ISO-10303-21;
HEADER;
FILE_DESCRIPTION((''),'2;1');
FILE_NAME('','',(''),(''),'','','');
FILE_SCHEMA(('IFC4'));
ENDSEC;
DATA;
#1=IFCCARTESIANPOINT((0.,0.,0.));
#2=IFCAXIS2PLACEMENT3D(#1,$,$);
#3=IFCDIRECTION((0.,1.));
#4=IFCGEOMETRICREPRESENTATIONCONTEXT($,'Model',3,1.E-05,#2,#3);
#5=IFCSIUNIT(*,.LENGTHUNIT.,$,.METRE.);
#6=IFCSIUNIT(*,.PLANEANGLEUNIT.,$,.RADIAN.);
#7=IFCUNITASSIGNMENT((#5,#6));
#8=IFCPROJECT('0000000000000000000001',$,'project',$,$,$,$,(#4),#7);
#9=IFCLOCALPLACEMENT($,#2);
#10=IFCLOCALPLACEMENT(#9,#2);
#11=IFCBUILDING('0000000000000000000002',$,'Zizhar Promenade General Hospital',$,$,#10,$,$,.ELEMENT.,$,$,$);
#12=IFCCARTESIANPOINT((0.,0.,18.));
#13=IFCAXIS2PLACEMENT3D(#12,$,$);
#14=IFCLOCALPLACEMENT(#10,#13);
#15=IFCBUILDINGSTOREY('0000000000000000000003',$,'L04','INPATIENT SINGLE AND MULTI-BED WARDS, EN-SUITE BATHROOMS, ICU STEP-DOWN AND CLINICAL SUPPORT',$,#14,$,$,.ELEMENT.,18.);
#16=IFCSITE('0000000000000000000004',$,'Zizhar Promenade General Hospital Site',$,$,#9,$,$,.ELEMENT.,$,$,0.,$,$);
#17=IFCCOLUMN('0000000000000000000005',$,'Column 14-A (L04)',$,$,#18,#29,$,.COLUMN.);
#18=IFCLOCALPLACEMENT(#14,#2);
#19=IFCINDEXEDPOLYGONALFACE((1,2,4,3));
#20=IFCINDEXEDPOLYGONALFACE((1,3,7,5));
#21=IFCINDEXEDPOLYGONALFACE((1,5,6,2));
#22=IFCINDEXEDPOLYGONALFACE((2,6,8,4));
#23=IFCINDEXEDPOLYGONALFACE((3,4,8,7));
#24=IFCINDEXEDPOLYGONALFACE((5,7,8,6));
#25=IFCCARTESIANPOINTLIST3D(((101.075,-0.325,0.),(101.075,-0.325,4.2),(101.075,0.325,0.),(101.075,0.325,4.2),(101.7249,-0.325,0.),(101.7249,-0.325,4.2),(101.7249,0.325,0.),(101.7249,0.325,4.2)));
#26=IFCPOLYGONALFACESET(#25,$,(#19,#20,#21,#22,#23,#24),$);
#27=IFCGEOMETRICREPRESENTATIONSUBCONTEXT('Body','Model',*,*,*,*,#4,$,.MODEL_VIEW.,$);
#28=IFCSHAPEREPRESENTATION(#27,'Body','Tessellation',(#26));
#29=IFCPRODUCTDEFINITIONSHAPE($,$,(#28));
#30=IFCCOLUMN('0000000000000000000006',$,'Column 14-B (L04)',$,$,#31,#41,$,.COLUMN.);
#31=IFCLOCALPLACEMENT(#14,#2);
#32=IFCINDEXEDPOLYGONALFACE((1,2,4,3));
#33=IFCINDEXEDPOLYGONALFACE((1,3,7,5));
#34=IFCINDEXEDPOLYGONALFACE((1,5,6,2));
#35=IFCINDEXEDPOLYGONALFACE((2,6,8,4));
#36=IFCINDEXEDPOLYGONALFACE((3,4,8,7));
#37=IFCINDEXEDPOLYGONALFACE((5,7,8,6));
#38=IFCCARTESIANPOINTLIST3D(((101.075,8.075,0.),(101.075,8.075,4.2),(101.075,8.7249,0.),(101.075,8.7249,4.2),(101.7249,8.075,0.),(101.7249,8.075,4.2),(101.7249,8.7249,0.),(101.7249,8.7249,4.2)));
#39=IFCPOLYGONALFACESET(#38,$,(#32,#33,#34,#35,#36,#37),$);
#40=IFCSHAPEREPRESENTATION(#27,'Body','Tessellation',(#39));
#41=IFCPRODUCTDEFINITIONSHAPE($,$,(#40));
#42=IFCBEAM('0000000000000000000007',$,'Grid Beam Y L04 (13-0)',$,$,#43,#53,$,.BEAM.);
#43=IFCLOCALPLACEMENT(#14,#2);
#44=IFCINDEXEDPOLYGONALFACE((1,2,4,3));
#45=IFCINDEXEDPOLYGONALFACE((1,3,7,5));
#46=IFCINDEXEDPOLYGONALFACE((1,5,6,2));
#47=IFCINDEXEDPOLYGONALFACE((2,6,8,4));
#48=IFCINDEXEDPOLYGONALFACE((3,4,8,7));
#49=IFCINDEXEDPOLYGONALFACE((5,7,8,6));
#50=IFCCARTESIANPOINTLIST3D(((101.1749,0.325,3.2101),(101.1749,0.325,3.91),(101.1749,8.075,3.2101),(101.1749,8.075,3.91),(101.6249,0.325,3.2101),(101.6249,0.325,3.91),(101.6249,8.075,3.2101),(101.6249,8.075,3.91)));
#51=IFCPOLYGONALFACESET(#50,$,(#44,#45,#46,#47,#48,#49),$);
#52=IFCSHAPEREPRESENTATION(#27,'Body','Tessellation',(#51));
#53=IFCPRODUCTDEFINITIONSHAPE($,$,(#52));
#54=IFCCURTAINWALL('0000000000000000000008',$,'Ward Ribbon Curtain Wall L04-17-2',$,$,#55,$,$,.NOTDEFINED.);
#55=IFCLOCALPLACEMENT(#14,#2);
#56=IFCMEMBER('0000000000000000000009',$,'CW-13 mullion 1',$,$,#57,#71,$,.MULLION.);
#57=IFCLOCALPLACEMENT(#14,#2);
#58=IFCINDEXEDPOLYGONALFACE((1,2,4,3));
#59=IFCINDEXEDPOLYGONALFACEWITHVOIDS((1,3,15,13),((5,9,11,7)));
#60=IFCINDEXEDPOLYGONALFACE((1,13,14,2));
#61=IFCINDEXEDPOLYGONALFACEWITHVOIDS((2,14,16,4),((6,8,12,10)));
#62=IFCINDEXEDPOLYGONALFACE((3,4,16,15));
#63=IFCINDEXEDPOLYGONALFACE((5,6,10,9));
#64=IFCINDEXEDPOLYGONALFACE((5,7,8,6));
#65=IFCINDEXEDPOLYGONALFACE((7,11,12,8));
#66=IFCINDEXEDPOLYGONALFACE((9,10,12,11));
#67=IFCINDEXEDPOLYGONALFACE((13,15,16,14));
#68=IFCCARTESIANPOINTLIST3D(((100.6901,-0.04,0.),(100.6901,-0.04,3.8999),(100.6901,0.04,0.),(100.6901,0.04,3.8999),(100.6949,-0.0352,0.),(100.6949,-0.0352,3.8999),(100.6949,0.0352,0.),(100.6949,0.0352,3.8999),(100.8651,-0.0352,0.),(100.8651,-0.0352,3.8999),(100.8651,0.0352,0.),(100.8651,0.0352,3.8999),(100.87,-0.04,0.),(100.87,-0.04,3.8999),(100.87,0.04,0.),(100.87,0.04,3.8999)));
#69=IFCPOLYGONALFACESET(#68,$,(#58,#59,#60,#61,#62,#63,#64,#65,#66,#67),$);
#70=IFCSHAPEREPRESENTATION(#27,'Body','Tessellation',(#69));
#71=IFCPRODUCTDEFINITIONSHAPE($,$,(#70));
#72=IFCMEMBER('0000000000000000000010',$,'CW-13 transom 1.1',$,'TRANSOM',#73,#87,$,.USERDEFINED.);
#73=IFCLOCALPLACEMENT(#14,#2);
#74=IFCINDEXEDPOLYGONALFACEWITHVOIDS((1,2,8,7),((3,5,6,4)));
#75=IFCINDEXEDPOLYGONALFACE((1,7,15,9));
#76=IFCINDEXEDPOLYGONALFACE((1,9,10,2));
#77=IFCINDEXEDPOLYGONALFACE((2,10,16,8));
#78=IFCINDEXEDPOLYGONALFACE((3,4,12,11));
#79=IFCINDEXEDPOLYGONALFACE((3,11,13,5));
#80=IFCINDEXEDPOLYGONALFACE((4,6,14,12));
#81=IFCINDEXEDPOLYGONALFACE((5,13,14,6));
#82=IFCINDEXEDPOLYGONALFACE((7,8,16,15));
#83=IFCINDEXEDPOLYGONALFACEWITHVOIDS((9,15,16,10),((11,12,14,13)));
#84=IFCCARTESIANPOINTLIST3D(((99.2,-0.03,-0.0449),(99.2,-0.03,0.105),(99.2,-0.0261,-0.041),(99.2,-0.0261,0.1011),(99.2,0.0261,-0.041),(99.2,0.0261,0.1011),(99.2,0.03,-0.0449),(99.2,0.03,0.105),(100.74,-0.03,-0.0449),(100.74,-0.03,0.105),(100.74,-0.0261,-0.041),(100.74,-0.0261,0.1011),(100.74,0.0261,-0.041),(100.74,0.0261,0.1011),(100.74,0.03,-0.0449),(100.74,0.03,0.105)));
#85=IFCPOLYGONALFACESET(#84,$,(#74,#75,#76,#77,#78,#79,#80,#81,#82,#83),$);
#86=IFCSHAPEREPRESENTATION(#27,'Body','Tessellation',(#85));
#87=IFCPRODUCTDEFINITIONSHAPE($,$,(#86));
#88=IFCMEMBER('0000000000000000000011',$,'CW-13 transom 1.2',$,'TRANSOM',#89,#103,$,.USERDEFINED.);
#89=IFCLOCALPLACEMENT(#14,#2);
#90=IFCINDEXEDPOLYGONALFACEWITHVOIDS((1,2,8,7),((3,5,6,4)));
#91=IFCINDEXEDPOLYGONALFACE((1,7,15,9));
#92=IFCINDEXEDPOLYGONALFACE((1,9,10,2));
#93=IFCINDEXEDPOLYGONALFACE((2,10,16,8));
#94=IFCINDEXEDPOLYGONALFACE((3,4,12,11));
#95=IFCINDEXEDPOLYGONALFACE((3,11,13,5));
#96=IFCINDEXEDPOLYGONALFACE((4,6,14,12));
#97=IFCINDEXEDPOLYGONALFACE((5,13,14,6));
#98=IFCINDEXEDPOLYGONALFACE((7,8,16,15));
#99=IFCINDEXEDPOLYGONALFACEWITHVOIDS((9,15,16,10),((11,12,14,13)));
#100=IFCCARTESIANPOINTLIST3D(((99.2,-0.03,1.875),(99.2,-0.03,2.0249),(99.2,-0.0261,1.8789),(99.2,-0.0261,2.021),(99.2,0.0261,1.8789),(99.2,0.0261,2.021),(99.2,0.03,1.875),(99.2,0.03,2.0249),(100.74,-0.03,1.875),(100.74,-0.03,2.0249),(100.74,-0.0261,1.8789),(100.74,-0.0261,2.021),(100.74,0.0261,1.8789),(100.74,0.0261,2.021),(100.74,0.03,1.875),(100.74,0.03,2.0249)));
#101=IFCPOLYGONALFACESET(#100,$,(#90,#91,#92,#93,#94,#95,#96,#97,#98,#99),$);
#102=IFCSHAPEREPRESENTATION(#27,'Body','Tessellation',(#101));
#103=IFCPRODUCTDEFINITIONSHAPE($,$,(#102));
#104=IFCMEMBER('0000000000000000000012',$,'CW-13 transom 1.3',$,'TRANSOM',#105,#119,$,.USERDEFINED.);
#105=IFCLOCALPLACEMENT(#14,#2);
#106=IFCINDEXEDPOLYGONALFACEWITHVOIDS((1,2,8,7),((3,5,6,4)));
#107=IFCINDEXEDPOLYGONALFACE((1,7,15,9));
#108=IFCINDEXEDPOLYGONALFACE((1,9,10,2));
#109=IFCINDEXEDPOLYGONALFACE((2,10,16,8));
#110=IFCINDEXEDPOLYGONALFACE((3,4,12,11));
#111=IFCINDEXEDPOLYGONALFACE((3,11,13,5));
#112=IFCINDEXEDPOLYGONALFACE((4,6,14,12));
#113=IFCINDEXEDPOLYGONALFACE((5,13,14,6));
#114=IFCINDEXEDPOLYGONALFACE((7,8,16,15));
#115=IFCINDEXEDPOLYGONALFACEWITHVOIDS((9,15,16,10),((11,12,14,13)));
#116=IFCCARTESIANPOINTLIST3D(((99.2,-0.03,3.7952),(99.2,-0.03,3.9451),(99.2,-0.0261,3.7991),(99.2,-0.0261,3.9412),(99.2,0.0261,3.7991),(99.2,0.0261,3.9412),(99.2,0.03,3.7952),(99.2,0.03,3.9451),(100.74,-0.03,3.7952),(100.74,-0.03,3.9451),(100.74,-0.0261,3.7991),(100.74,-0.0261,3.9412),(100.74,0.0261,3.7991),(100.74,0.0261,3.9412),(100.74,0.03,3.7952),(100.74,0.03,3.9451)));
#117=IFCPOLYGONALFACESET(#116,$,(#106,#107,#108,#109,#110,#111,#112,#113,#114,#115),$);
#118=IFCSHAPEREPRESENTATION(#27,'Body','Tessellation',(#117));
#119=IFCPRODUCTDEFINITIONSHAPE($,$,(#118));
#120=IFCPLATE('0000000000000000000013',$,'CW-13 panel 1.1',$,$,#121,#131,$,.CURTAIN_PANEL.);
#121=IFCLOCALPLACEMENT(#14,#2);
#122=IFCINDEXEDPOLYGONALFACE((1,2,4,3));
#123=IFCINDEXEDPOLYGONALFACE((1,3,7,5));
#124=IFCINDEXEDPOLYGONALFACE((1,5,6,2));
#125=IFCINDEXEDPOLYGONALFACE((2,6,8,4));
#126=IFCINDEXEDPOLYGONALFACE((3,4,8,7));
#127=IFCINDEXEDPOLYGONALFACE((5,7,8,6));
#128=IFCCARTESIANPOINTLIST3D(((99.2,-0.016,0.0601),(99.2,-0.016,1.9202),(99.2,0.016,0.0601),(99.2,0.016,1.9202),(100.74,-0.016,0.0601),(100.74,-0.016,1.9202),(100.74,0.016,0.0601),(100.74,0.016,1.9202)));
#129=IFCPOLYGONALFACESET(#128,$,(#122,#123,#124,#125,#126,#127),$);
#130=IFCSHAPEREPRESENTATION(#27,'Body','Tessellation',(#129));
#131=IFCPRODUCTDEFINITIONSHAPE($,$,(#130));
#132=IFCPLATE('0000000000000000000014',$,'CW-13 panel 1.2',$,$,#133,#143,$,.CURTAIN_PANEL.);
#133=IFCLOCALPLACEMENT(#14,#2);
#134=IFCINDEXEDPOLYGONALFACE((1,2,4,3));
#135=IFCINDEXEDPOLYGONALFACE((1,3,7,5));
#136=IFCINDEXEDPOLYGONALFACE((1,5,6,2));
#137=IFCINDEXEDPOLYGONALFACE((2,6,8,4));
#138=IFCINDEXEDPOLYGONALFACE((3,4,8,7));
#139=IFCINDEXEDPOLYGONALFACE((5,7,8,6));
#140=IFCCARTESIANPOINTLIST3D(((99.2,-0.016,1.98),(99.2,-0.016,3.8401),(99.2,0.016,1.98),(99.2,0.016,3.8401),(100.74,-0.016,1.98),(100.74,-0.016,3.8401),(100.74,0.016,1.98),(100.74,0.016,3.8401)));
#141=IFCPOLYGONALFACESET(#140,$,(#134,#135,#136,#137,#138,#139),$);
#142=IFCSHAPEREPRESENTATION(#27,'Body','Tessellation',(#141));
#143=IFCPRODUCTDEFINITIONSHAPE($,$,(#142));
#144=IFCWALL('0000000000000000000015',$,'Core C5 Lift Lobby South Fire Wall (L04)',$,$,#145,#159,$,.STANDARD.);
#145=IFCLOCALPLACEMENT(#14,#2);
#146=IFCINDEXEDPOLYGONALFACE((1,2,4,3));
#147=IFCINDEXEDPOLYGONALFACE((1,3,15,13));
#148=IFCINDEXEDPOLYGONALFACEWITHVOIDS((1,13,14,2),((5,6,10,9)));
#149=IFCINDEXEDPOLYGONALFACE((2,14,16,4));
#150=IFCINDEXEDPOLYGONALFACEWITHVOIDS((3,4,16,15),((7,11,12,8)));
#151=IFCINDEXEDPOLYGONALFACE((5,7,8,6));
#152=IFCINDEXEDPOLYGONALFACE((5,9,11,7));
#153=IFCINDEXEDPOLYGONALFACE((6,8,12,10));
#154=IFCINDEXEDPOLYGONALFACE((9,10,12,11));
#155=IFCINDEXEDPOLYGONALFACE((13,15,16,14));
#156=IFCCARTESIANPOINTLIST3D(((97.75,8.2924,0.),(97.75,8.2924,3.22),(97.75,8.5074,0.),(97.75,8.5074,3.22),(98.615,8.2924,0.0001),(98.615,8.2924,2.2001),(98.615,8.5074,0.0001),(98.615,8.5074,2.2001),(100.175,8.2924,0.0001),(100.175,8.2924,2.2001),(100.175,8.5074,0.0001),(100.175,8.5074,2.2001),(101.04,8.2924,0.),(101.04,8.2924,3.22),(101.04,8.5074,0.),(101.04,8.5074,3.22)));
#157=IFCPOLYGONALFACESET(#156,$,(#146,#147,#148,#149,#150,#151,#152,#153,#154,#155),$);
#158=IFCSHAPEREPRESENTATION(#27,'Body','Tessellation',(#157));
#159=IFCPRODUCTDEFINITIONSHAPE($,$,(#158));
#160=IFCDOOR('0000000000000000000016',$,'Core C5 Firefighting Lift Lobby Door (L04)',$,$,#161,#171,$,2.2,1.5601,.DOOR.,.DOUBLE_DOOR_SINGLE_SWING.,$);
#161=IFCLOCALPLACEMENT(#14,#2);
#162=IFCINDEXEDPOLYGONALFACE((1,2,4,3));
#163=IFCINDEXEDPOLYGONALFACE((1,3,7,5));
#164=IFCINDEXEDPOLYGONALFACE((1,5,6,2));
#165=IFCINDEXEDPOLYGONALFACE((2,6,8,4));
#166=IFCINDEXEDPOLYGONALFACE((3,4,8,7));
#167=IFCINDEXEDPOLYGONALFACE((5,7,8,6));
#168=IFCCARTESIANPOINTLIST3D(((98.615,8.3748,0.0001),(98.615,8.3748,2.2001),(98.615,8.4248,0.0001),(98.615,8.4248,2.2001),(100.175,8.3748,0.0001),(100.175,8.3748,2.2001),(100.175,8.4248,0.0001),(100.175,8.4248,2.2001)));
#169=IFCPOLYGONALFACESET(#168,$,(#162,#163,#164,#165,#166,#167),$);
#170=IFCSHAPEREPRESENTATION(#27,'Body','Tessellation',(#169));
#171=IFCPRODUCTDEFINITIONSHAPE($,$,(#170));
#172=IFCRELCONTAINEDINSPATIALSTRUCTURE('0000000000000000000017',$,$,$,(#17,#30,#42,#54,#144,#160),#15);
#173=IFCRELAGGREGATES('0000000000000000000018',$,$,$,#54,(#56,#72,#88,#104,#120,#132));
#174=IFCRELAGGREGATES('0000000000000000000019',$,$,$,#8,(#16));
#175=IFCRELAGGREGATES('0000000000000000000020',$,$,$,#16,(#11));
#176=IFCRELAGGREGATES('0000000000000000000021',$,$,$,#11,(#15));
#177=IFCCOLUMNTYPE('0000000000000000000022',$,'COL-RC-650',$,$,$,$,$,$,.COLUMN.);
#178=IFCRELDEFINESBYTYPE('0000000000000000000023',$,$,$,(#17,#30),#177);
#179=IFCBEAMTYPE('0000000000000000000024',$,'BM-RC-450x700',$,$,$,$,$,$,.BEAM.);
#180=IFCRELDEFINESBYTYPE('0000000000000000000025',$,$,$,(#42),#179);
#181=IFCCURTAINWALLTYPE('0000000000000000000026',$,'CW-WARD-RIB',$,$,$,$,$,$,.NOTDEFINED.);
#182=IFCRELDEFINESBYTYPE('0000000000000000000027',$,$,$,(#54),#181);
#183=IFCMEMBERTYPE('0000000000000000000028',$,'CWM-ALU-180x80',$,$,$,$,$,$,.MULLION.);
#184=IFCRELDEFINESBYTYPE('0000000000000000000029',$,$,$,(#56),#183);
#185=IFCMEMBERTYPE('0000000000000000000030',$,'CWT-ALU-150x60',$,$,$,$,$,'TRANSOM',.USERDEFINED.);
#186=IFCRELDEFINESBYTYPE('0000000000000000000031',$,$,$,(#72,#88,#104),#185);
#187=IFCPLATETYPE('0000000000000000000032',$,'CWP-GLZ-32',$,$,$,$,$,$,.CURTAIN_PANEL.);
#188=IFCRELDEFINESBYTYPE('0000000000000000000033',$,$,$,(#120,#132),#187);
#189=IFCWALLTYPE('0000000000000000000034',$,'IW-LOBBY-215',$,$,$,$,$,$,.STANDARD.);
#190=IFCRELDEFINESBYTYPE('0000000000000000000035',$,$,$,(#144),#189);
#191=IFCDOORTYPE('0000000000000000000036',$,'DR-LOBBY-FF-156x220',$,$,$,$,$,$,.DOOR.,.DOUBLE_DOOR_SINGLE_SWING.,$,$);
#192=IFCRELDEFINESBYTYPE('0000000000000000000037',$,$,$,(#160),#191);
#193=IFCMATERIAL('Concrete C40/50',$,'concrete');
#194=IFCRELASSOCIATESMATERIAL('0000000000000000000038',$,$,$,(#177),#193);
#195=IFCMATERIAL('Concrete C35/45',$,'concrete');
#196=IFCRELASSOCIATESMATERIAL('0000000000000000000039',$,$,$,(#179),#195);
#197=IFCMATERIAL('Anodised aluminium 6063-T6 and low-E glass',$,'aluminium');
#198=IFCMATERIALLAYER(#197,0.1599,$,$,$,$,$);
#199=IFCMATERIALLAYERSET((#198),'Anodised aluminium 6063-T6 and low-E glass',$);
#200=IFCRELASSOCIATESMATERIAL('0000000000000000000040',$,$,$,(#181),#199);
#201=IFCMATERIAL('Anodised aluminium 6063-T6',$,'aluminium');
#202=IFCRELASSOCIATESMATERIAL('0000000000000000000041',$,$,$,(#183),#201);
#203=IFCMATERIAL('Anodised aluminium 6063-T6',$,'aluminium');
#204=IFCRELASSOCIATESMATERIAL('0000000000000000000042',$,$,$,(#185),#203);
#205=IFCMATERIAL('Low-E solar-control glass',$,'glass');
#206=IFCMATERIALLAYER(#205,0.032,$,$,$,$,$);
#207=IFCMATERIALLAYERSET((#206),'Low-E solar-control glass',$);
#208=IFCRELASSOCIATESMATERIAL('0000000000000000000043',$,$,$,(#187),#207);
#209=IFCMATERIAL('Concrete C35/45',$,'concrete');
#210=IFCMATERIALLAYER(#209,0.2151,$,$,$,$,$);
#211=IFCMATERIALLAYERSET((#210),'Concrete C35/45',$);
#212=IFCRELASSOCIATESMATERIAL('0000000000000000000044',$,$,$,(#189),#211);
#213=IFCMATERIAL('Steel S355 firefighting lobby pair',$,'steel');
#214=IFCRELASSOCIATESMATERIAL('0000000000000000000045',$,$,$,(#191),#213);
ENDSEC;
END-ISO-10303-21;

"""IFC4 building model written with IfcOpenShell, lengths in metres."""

from ifc_helpers import new_model, si_unit, direction, frame, frame_2d, origin, origin_2d, place, context, subcontext, project, spatial, rectangle, hollow_rectangle, extrude, material, layer, layer_set, material_profile, profile_set, type_object, element, fill, aggregate, save


model = new_model("IFC4")

# Units and contexts
model_context = context("Model", 3, precision=1e-05, world=origin(), true_north=direction((0.0, 1.0)))
body_context = subcontext(model_context, "Body", "Model", "MODEL_VIEW")
ifc_project = project(units=[si_unit("LENGTHUNIT", "METRE"), si_unit("PLANEANGLEUNIT", "RADIAN")], contexts=[model_context])

# Site, building, storey
site_placement = place(None, origin())
site = spatial("IfcSite", under=ifc_project, at=site_placement, Name="Zizhar Promenade General Hospital Site", CompositionType="ELEMENT", RefElevation=0.0)
building_placement = place(site_placement, origin())
building = spatial("IfcBuilding", under=site, at=building_placement, Name="Zizhar Promenade General Hospital", CompositionType="ELEMENT")
storey_placement = place(building_placement, frame((0.0, 0.0, 18.0)))
storey = spatial("IfcBuildingStorey", under=building, at=storey_placement, Name="L04", Description="INPATIENT SINGLE AND MULTI-BED WARDS, EN-SUITE BATHROOMS, ICU STEP-DOWN AND CLINICAL SUPPORT", CompositionType="ELEMENT", Elevation=18.0)

# Columns
ifc_material_1 = material(Name="Concrete C40/50", Category="concrete")
ifc_material_profile_1 = material_profile(ifc_material_1, rectangle(XDim=0.6499, YDim=0.6499, at=origin_2d()))
ifc_profile_set_1 = profile_set([ifc_material_profile_1], Name="Concrete C40/50")
column_type = type_object("IfcColumnType", Name="COL-RC-650", PredefinedType="COLUMN", material=ifc_profile_set_1)
for number, where, z_axis, x_axis, name in (
    (1, (101.3999, 0.0, 0.0), (0.0, 0.0, 1.0), (1.0, 0.0, 0.0), "Column 14-A (L04)"),
    (2, (101.3999, 8.3999, 0.0), (0.0, 0.0, 1.0), (1.0, 0.0, 0.0), "Column 14-B (L04)"),
):
    element("IfcColumn", number, at=place(storey_placement, frame(where, z_axis=z_axis, x_axis=x_axis)), inside=storey, type_object=column_type, Name=name, PredefinedType="COLUMN", context=body_context, shape_type="SweptSolid", body=[
        extrude(rectangle(XDim=0.6499, YDim=0.6499, at=origin_2d()), origin(), (0.0, 0.0, 1.0), 4.2),
    ])

# Beam
ifc_material_2 = material(Name="Concrete C35/45", Category="concrete")
ifc_material_profile_2 = material_profile(ifc_material_2, rectangle(XDim=0.45, YDim=0.7, at=origin_2d()))
ifc_profile_set_2 = profile_set([ifc_material_profile_2], Name="Concrete C35/45")
beam_type = type_object("IfcBeamType", Name="BM-RC-450x700", PredefinedType="BEAM", material=ifc_profile_set_2)
beam_placement = place(storey_placement, frame((101.3999, 0.325, 3.5601), z_axis=(0.0, 1.0, 0.0), x_axis=(-1.0, 0.0, 0.0)))
element("IfcBeam", 3, at=beam_placement, inside=storey, type_object=beam_type, Name="Grid Beam Y L04 (13-0)", PredefinedType="BEAM", context=body_context, shape_type="SweptSolid", body=[
    extrude(rectangle(XDim=0.45, YDim=0.7, at=origin_2d()), origin(), (0.0, 0.0, 1.0), 7.75),
])

# Curtain wall, members, plates
ifc_material_3 = material(Name="Anodised aluminium 6063-T6 and low-E glass", Category="aluminium")
ifc_layer_1 = layer(ifc_material_3, 0.1599)
ifc_layer_set_1 = layer_set([ifc_layer_1], Name="Anodised aluminium 6063-T6 and low-E glass")
curtain_wall_type = type_object("IfcCurtainWallType", Name="CW-WARD-RIB", PredefinedType="NOTDEFINED", material=ifc_layer_set_1)
curtain_wall_placement = place(storey_placement, origin())
curtain_wall = element("IfcCurtainWall", 4, at=curtain_wall_placement, inside=storey, type_object=curtain_wall_type, Name="Ward Ribbon Curtain Wall L04-17-2", PredefinedType="NOTDEFINED")
ifc_material_4 = material(Name="Anodised aluminium 6063-T6", Category="aluminium")
ifc_material_profile_3 = material_profile(ifc_material_4, hollow_rectangle(XDim=0.0801, YDim=0.1799, WallThickness=0.0049, at=origin_2d()))
ifc_profile_set_3 = profile_set([ifc_material_profile_3], Name="Anodised aluminium 6063-T6")
member_type_1 = type_object("IfcMemberType", Name="CWM-ALU-180x80", PredefinedType="MULLION", material=ifc_profile_set_3)
member_1_placement = place(storey_placement, frame((100.78, 0.0, 0.0), z_axis=(0.0, 0.0, 1.0), x_axis=(0.0, -1.0, 0.0)))
member_1 = element("IfcMember", 5, at=member_1_placement, type_object=member_type_1, Name="CW-13 mullion 1", PredefinedType="MULLION", context=body_context, shape_type="SweptSolid", body=[
    extrude(hollow_rectangle(XDim=0.0801, YDim=0.1799, WallThickness=0.0049, at=origin_2d()), origin(), (0.0, 0.0, 1.0), 3.8999),
])
ifc_material_5 = material(Name="Anodised aluminium 6063-T6", Category="aluminium")
ifc_material_profile_4 = material_profile(ifc_material_5, hollow_rectangle(XDim=0.0601, YDim=0.1499, WallThickness=0.0039, at=origin_2d()))
ifc_profile_set_4 = profile_set([ifc_material_profile_4], Name="Anodised aluminium 6063-T6")
member_type_2 = type_object("IfcMemberType", Name="CWT-ALU-150x60", ElementType="TRANSOM", PredefinedType="USERDEFINED", material=ifc_profile_set_4)
member_2_placement = place(storey_placement, frame((100.74, 0.0, 0.03), z_axis=(-1.0, 0.0, 0.0), x_axis=(0.0, -1.0, 0.0)))
member_2 = element("IfcMember", 6, at=member_2_placement, type_object=member_type_2, Name="CW-13 transom 1.1", ObjectType="TRANSOM", PredefinedType="USERDEFINED", context=body_context, shape_type="SweptSolid", body=[
    extrude(hollow_rectangle(XDim=0.0601, YDim=0.1499, WallThickness=0.0039, at=origin_2d()), origin(), (0.0, 0.0, 1.0), 1.54),
])
member_3_placement = place(storey_placement, frame((100.74, 0.0, 1.95), z_axis=(-1.0, 0.0, 0.0), x_axis=(0.0, -1.0, 0.0)))
member_3 = element("IfcMember", 7, at=member_3_placement, type_object=member_type_2, Name="CW-13 transom 1.2", ObjectType="TRANSOM", PredefinedType="USERDEFINED", context=body_context, shape_type="SweptSolid", body=[
    extrude(hollow_rectangle(XDim=0.0601, YDim=0.1499, WallThickness=0.0039, at=origin_2d()), origin(), (0.0, 0.0, 1.0), 1.54),
])
member_4_placement = place(storey_placement, frame((100.74, 0.0, 3.8701), z_axis=(-1.0, 0.0, 0.0), x_axis=(0.0, -1.0, 0.0)))
member_4 = element("IfcMember", 8, at=member_4_placement, type_object=member_type_2, Name="CW-13 transom 1.3", ObjectType="TRANSOM", PredefinedType="USERDEFINED", context=body_context, shape_type="SweptSolid", body=[
    extrude(hollow_rectangle(XDim=0.0601, YDim=0.1499, WallThickness=0.0039, at=origin_2d()), origin(), (0.0, 0.0, 1.0), 1.54),
])
ifc_material_6 = material(Name="Low-E solar-control glass", Category="glass")
ifc_layer_2 = layer(ifc_material_6, 0.032)
ifc_layer_set_2 = layer_set([ifc_layer_2], Name="Low-E solar-control glass")
plate_type = type_object("IfcPlateType", Name="CWP-GLZ-32", PredefinedType="CURTAIN_PANEL", material=ifc_layer_set_2)
plate_1_placement = place(storey_placement, frame((99.97, 0.0, 0.0601), z_axis=(0.0, 0.0, 1.0), x_axis=(-1.0, 0.0, 0.0)))
plate_1 = element("IfcPlate", 9, at=plate_1_placement, type_object=plate_type, Name="CW-13 panel 1.1", PredefinedType="CURTAIN_PANEL", context=body_context, shape_type="SweptSolid", body=[
    extrude(rectangle(XDim=1.54, YDim=0.032, at=origin_2d()), origin(), (0.0, 0.0, 1.0), 1.8601),
])
plate_2_placement = place(storey_placement, frame((99.97, 0.0, 1.98), z_axis=(0.0, 0.0, 1.0), x_axis=(-1.0, 0.0, 0.0)))
plate_2 = element("IfcPlate", 10, at=plate_2_placement, type_object=plate_type, Name="CW-13 panel 1.2", PredefinedType="CURTAIN_PANEL", context=body_context, shape_type="SweptSolid", body=[
    extrude(rectangle(XDim=1.54, YDim=0.032, at=origin_2d()), origin(), (0.0, 0.0, 1.0), 1.8601),
])
aggregate(curtain_wall, [member_1, member_2, member_3, member_4, plate_1, plate_2])

# Wall, opening, door
ifc_material_7 = material(Name="Concrete C35/45", Category="concrete")
ifc_layer_3 = layer(ifc_material_7, 0.2151)
ifc_layer_set_3 = layer_set([ifc_layer_3], Name="Concrete C35/45")
wall_type_1 = type_object("IfcWallType", Name="IW-LOBBY-215", PredefinedType="STANDARD", material=ifc_layer_set_3)
wall_1_placement = place(storey_placement, frame((97.75, 8.3999, 0.0), z_axis=(0.0, 0.0, 1.0), x_axis=(1.0, 0.0, 0.0)))
wall_1 = element("IfcWall", 11, at=wall_1_placement, inside=storey, type_object=wall_type_1, Name="Core C5 Lift Lobby South Fire Wall (L04)", PredefinedType="STANDARD", context=body_context, shape_type="SweptSolid", body=[
    extrude(rectangle(XDim=3.29, YDim=0.2151, at=frame_2d((1.645, 0.0))), origin(), (0.0, 0.0, 1.0), 3.22),
])
opening_1_placement = place(wall_1_placement, frame((0.865, 0.0, 0.0)))
opening_1 = element("IfcOpeningElement", 12, at=opening_1_placement, cuts=wall_1, PredefinedType="OPENING", context=body_context, shape_type="SweptSolid", body=[
    extrude(rectangle(XDim=1.5601, YDim=2.2, at=frame_2d((0.78, 1.1001))), frame((0.0, 0.1177, 0.0), z_axis=(0.0, -1.0, 0.0), x_axis=(1.0, 0.0, 0.0)), (0.0, 0.0, 1.0), 0.2351),
])
ifc_material_8 = material(Name="Steel S355 firefighting lobby pair", Category="steel")
door_type_1 = type_object("IfcDoorType", Name="DR-LOBBY-FF-156x220", OperationType="DOUBLE_DOOR_SINGLE_SWING", PredefinedType="DOOR", material=ifc_material_8)
door_1_placement = place(opening_1_placement, origin())
door_1 = element("IfcDoor", 13, at=door_1_placement, inside=storey, type_object=door_type_1, Name="Core C5 Firefighting Lift Lobby Door (L04)", OperationType="DOUBLE_DOOR_SINGLE_SWING", OverallHeight=2.2, OverallWidth=1.5601, PredefinedType="DOOR", context=body_context, shape_type="SweptSolid", body=[
    extrude(rectangle(XDim=1.5601, YDim=2.2, at=frame_2d((0.78, 1.1001))), frame((0.0, 0.0249, 0.0), z_axis=(0.0, -1.0, 0.0), x_axis=(1.0, 0.0, 0.0)), (0.0, 0.0, 1.0), 0.05),
])
fill(opening_1, door_1)

save(model, "model.ifc")
